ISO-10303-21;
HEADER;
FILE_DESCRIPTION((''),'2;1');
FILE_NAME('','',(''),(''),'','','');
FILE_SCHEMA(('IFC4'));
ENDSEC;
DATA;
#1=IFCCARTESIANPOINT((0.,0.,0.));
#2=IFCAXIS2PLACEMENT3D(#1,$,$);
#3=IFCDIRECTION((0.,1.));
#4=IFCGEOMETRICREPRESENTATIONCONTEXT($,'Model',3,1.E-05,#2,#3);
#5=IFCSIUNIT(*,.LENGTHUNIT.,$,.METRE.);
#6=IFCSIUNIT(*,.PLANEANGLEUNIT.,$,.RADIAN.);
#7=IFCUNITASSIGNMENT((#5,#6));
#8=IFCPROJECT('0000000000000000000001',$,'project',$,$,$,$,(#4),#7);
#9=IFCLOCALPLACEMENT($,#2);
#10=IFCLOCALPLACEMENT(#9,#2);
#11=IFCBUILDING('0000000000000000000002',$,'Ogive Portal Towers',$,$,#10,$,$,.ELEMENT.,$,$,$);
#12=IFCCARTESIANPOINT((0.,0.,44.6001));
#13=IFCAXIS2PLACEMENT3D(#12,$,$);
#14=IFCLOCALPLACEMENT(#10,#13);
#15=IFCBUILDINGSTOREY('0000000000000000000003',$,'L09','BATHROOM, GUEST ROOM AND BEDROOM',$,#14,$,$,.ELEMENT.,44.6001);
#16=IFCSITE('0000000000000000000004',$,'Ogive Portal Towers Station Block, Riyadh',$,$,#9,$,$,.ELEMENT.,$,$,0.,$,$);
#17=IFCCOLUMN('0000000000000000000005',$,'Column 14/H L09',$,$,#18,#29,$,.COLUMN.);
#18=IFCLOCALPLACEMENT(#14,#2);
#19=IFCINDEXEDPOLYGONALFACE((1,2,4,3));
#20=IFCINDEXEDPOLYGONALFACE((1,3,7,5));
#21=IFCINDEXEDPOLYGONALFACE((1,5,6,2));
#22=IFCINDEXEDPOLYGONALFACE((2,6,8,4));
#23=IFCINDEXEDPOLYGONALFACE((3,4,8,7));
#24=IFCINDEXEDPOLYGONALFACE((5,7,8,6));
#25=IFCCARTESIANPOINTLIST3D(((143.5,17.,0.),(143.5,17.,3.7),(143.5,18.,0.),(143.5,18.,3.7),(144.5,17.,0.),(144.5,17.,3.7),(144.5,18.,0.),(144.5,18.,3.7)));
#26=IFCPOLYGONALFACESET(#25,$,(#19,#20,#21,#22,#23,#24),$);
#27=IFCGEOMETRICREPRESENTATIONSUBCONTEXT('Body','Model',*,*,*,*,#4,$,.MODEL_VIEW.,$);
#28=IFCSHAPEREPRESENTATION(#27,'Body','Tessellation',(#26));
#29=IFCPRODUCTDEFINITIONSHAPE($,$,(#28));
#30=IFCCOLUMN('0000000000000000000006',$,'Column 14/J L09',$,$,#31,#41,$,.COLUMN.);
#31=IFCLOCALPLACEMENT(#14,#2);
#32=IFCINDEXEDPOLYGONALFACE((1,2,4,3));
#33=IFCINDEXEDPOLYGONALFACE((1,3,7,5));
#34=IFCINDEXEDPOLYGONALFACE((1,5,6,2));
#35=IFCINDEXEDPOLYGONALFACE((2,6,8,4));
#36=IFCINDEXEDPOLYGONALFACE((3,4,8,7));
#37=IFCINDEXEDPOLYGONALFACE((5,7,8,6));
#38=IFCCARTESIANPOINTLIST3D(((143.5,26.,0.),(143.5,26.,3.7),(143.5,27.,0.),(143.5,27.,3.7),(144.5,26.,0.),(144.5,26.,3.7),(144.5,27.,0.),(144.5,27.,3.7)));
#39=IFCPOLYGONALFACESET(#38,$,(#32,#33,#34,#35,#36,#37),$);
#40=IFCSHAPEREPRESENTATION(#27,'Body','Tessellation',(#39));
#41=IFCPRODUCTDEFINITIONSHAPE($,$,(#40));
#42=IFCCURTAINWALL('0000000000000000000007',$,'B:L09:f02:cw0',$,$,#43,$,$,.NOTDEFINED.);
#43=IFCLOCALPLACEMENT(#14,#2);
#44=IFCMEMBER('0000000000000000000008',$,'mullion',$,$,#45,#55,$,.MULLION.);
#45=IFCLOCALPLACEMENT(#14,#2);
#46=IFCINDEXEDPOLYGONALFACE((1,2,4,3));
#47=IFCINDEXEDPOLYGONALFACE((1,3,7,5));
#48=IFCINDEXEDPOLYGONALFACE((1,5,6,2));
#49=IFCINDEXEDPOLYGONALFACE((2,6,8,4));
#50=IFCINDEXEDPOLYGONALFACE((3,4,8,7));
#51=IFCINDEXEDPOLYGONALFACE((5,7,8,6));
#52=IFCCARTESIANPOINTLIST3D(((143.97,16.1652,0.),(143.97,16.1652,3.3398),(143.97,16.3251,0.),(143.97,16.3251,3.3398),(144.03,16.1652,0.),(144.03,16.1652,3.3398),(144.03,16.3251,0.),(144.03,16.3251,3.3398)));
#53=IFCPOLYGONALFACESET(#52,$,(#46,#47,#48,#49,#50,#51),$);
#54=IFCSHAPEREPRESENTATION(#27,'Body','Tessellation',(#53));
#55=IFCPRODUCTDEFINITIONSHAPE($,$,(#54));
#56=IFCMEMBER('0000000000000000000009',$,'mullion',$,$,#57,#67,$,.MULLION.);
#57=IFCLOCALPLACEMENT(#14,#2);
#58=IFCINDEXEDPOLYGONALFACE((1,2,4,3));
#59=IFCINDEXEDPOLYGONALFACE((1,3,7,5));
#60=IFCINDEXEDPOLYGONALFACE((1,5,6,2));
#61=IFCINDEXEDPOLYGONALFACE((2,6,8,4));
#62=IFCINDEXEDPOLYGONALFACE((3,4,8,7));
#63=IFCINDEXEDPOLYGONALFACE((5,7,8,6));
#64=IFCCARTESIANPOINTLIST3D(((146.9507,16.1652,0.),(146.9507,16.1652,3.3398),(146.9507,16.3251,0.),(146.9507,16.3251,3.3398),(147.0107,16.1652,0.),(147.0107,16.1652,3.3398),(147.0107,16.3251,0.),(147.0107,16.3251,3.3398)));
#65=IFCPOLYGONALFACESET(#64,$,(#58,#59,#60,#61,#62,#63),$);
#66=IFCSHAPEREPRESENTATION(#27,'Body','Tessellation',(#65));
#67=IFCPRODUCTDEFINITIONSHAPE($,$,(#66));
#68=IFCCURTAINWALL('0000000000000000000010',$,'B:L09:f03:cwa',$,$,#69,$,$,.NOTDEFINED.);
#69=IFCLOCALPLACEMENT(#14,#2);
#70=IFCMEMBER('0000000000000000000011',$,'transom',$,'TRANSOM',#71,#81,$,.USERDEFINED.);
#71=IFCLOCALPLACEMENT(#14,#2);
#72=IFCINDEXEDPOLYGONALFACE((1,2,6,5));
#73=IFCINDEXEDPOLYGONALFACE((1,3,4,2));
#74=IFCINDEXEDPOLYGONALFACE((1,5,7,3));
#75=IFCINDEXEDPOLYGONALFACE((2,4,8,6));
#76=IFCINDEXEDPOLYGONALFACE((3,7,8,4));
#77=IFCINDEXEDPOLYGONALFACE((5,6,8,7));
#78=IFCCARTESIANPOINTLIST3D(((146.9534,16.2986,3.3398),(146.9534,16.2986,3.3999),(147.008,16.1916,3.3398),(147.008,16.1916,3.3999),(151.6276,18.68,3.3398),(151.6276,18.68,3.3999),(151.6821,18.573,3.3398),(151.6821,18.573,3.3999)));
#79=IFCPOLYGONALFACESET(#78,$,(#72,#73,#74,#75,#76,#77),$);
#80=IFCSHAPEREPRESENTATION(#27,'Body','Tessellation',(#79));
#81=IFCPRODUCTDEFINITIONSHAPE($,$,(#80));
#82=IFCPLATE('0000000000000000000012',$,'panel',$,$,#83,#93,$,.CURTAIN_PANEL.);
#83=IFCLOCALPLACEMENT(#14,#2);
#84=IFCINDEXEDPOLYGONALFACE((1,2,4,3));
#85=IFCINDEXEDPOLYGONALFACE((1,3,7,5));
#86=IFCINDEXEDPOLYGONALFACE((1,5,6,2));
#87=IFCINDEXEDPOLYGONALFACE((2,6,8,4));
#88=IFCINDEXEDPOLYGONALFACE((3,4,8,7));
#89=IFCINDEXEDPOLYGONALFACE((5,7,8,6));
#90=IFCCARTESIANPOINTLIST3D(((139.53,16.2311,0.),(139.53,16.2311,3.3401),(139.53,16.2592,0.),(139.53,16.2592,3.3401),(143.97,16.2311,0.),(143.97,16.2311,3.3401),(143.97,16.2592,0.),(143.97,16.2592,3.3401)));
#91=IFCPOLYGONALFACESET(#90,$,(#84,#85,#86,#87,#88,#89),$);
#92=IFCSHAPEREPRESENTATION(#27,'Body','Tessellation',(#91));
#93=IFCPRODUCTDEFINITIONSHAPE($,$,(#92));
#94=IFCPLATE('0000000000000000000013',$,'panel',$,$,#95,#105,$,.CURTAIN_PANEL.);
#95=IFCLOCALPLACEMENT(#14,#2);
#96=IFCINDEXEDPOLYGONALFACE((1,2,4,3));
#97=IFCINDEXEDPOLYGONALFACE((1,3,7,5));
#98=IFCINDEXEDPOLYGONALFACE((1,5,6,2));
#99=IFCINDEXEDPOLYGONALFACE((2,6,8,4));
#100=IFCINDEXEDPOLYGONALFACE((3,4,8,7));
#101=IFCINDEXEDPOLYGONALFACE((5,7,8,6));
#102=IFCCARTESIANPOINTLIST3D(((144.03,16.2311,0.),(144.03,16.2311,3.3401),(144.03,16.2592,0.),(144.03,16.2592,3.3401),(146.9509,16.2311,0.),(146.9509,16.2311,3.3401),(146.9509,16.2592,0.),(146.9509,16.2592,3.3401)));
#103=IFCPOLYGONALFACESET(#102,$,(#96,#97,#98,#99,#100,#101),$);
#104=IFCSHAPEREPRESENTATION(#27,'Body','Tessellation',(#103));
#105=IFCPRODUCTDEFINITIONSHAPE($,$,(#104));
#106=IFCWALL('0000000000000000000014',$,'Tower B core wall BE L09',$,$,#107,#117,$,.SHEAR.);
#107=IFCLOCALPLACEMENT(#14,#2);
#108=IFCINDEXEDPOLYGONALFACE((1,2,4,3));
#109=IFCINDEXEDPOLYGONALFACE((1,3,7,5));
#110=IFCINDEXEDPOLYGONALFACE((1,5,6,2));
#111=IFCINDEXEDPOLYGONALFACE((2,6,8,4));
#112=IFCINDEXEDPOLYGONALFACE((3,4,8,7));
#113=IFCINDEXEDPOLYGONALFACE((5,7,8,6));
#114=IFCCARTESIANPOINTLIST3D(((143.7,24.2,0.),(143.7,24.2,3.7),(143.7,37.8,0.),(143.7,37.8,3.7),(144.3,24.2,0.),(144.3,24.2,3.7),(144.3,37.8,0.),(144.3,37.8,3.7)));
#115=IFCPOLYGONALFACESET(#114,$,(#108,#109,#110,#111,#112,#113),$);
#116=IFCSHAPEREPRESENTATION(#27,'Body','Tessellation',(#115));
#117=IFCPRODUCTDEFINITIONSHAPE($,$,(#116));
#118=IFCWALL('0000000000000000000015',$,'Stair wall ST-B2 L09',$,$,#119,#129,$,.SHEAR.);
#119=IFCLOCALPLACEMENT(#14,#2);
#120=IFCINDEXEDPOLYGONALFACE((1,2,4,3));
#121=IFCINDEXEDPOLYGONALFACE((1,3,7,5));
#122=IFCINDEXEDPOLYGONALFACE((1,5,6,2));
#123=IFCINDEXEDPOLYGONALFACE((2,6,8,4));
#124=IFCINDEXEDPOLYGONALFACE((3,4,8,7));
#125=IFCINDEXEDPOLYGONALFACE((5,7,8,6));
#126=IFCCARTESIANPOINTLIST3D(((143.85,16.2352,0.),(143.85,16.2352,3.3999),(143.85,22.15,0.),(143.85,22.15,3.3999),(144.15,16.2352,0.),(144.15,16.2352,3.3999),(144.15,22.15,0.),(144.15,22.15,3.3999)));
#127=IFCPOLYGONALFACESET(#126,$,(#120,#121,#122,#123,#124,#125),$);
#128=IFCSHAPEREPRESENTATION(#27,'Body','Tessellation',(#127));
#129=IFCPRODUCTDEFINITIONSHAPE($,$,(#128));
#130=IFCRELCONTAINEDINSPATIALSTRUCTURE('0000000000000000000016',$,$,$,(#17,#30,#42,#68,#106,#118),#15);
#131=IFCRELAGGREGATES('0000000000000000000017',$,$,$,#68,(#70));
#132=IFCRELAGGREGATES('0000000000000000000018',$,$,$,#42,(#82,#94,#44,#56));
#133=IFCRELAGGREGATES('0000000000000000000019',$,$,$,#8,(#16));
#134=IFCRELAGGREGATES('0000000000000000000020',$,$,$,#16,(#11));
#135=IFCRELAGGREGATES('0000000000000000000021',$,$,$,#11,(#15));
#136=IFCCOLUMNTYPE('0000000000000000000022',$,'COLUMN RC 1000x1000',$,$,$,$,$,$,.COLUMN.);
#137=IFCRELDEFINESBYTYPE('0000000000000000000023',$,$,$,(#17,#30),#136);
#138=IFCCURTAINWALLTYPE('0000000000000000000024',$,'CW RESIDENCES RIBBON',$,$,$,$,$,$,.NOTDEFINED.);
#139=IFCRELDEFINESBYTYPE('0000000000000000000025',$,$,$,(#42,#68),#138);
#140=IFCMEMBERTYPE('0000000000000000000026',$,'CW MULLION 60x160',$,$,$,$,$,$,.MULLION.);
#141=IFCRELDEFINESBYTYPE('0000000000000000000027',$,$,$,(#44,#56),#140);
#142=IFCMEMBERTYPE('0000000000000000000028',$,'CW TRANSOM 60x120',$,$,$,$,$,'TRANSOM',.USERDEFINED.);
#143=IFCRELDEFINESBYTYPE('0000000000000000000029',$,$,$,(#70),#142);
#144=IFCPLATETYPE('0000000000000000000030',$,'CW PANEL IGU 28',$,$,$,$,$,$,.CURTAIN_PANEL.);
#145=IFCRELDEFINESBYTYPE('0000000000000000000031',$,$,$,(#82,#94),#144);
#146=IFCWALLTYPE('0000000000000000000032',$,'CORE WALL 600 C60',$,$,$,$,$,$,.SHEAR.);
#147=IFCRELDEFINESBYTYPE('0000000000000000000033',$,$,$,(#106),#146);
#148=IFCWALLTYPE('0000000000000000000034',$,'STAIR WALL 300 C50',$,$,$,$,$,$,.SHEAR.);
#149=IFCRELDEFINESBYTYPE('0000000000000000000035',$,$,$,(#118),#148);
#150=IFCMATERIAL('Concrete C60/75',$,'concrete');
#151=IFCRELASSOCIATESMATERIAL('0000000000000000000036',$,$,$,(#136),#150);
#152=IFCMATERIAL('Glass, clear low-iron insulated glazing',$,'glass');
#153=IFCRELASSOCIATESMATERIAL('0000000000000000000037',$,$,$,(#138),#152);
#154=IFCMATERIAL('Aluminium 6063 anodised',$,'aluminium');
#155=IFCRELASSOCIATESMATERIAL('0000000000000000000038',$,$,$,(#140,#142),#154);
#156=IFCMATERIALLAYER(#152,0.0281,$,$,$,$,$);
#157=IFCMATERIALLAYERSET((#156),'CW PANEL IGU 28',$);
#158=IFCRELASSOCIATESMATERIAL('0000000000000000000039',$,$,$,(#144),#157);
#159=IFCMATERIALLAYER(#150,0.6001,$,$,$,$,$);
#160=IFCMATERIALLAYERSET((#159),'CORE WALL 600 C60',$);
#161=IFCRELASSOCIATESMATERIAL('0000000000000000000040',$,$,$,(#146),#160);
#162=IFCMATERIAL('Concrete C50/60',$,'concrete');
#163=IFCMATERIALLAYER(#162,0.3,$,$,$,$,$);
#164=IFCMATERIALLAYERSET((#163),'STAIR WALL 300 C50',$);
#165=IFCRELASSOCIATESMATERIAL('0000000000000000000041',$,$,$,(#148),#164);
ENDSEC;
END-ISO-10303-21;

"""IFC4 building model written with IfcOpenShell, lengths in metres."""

from ifc_helpers import new_model, si_unit, direction, frame, frame_2d, origin, origin_2d, place, context, subcontext, project, spatial, rectangle, extrude, material, layer, layer_set, material_profile, profile_set, type_object, element, aggregate, save


model = new_model("IFC4")

# Units and contexts
model_context = context("Model", 3, precision=1e-05, world=origin(), true_north=direction((0.0, 1.0)))
body_context = subcontext(model_context, "Body", "Model", "MODEL_VIEW")
ifc_project = project(units=[si_unit("LENGTHUNIT", "METRE"), si_unit("PLANEANGLEUNIT", "RADIAN")], contexts=[model_context])

# Site, building, storey
site_placement = place(None, origin())
site = spatial("IfcSite", under=ifc_project, at=site_placement, Name="Ogive Portal Towers Station Block, Riyadh", CompositionType="ELEMENT", RefElevation=0.0)
building_placement = place(site_placement, origin())
building = spatial("IfcBuilding", under=site, at=building_placement, Name="Ogive Portal Towers", CompositionType="ELEMENT")
storey_placement = place(building_placement, frame((0.0, 0.0, 44.6001)))
storey = spatial("IfcBuildingStorey", under=building, at=storey_placement, Name="L09", Description="BATHROOM, GUEST ROOM AND BEDROOM", CompositionType="ELEMENT", Elevation=44.6001)

# Columns
ifc_material_1 = material(Name="Concrete C60/75", Category="concrete")
ifc_material_profile_1 = material_profile(ifc_material_1, rectangle(XDim=1.0, YDim=1.0, at=origin_2d()), Name="RC 1000x1000")
ifc_profile_set_1 = profile_set([ifc_material_profile_1], Name="Concrete C60/75")
column_type = type_object("IfcColumnType", Name="COLUMN RC 1000x1000", PredefinedType="COLUMN", material=ifc_profile_set_1)
for number, where, z_axis, x_axis, name in (
    (1, (144.0, 17.5, 0.0), (0.0, 0.0, 1.0), (1.0, 0.0, 0.0), "Column 14/H L09"),
    (2, (144.0, 26.5, 0.0), (0.0, 0.0, 1.0), (1.0, 0.0, 0.0), "Column 14/J L09"),
):
    element("IfcColumn", number, at=place(storey_placement, frame(where, z_axis=z_axis, x_axis=x_axis)), inside=storey, type_object=column_type, Name=name, PredefinedType="COLUMN", context=body_context, shape_type="SweptSolid", body=[
        extrude(rectangle(XDim=1.0, YDim=1.0, at=origin_2d()), origin(), (0.0, 0.0, 1.0), 3.7),
    ])

# Curtain wall, members
ifc_material_2 = material(Name="Glass, clear low-iron insulated glazing", Category="glass")
curtain_wall_type = type_object("IfcCurtainWallType", Name="CW RESIDENCES RIBBON", PredefinedType="NOTDEFINED", material=ifc_material_2)
curtain_wall_1_placement = place(storey_placement, origin())
curtain_wall_1 = element("IfcCurtainWall", 3, at=curtain_wall_1_placement, inside=storey, type_object=curtain_wall_type, Name="B:L09:f02:cw0", PredefinedType="NOTDEFINED")
ifc_material_3 = material(Name="Aluminium 6063 anodised", Category="aluminium")
ifc_material_profile_2 = material_profile(ifc_material_3, rectangle(XDim=0.1599, YDim=0.0601, at=origin_2d()), Name="AL 60x160")
ifc_profile_set_2 = profile_set([ifc_material_profile_2], Name="Aluminium 6063 anodised")
member_type_1 = type_object("IfcMemberType", Name="CW MULLION 60x160", PredefinedType="MULLION", material=ifc_profile_set_2)
member_1_placement = place(storey_placement, frame((144.0, 16.2451, 0.0), z_axis=(0.0, 0.0, 1.0), x_axis=(0.0, 1.0, 0.0)))
member_1 = element("IfcMember", 4, at=member_1_placement, type_object=member_type_1, Name="mullion", PredefinedType="MULLION", context=body_context, shape_type="SweptSolid", body=[
    extrude(rectangle(XDim=0.1599, YDim=0.0601, at=origin_2d()), origin(), (0.0, 0.0, 1.0), 3.3398),
])
member_2_placement = place(storey_placement, frame((146.9807, 16.2451, 0.0), z_axis=(0.0, 0.0, 1.0), x_axis=(0.0, 1.0, 0.0)))
member_2 = element("IfcMember", 5, at=member_2_placement, type_object=member_type_1, Name="mullion", PredefinedType="MULLION", context=body_context, shape_type="SweptSolid", body=[
    extrude(rectangle(XDim=0.1599, YDim=0.0601, at=origin_2d()), origin(), (0.0, 0.0, 1.0), 3.3398),
])

# Curtain wall, member
curtain_wall_2_placement = place(storey_placement, origin())
curtain_wall_2 = element("IfcCurtainWall", 6, at=curtain_wall_2_placement, inside=storey, type_object=curtain_wall_type, Name="B:L09:f03:cwa", PredefinedType="NOTDEFINED")
ifc_material_profile_3 = material_profile(ifc_material_3, rectangle(XDim=0.1201, YDim=0.0601, at=origin_2d()), Name="AL 120x60")
ifc_profile_set_3 = profile_set([ifc_material_profile_3], Name="Aluminium 6063 anodised")
member_type_2 = type_object("IfcMemberType", Name="CW TRANSOM 60x120", ElementType="TRANSOM", PredefinedType="USERDEFINED", material=ifc_profile_set_3)
member_3_placement = place(storey_placement, frame((146.9807, 16.2451, 3.3699), z_axis=(0.891023, 0.453959, 0.0), x_axis=(-0.453959, 0.891023, 0.0)))
member_3 = element("IfcMember", 7, at=member_3_placement, type_object=member_type_2, Name="transom", ObjectType="TRANSOM", PredefinedType="USERDEFINED", context=body_context, shape_type="SweptSolid", body=[
    extrude(rectangle(XDim=0.1201, YDim=0.0601, at=origin_2d()), origin(), (0.0, 0.0, 1.0), 5.2458),
])
aggregate(curtain_wall_2, [member_3])

# Plates
ifc_layer_1 = layer(ifc_material_2, 0.0281)
ifc_layer_set_1 = layer_set([ifc_layer_1], Name="CW PANEL IGU 28")
plate_type = type_object("IfcPlateType", Name="CW PANEL IGU 28", PredefinedType="CURTAIN_PANEL", material=ifc_layer_set_1)
plate_1_placement = place(storey_placement, frame((141.75, 16.2451, 0.0), z_axis=(0.0, 0.0, 1.0), x_axis=(1.0, 0.0, 0.0)))
plate_1 = element("IfcPlate", 8, at=plate_1_placement, type_object=plate_type, Name="panel", PredefinedType="CURTAIN_PANEL", context=body_context, shape_type="SweptSolid", body=[
    extrude(rectangle(XDim=4.4399, YDim=0.0281, at=origin_2d()), origin(), (0.0, 0.0, 1.0), 3.3401),
])
plate_2_placement = place(storey_placement, frame((145.4905, 16.2451, 0.0), z_axis=(0.0, 0.0, 1.0), x_axis=(1.0, 0.0, 0.0)))
plate_2 = element("IfcPlate", 9, at=plate_2_placement, type_object=plate_type, Name="panel", PredefinedType="CURTAIN_PANEL", context=body_context, shape_type="SweptSolid", body=[
    extrude(rectangle(XDim=2.9209, YDim=0.0281, at=origin_2d()), origin(), (0.0, 0.0, 1.0), 3.3401),
])
aggregate(curtain_wall_1, [plate_1, plate_2, member_1, member_2])

# Walls
ifc_layer_2 = layer(ifc_material_1, 0.6001)
ifc_layer_set_2 = layer_set([ifc_layer_2], Name="CORE WALL 600 C60")
wall_type_1 = type_object("IfcWallType", Name="CORE WALL 600 C60", PredefinedType="SHEAR", material=ifc_layer_set_2)
wall_1_placement = place(storey_placement, frame((144.0, 24.2, 0.0), z_axis=(0.0, 0.0, 1.0), x_axis=(0.0, 1.0, 0.0)))
element("IfcWall", 10, at=wall_1_placement, inside=storey, type_object=wall_type_1, Name="Tower B core wall BE L09", PredefinedType="SHEAR", context=body_context, shape_type="SweptSolid", body=[
    extrude(rectangle(XDim=13.6001, YDim=0.6001, at=frame_2d((6.8, 0.0))), origin(), (0.0, 0.0, 1.0), 3.7),
])
ifc_material_4 = material(Name="Concrete C50/60", Category="concrete")
ifc_layer_3 = layer(ifc_material_4, 0.3)
ifc_layer_set_3 = layer_set([ifc_layer_3], Name="STAIR WALL 300 C50")
wall_type_2 = type_object("IfcWallType", Name="STAIR WALL 300 C50", PredefinedType="SHEAR", material=ifc_layer_set_3)
wall_2_placement = place(storey_placement, frame((144.0, 16.2351, 0.0), z_axis=(0.0, 0.0, 1.0), x_axis=(0.0, 1.0, 0.0)))
element("IfcWall", 11, at=wall_2_placement, inside=storey, type_object=wall_type_2, Name="Stair wall ST-B2 L09", PredefinedType="SHEAR", context=body_context, shape_type="SweptSolid", body=[
    extrude(rectangle(XDim=5.9148, YDim=0.3, at=frame_2d((2.9575, 0.0))), origin(), (0.0, 0.0, 1.0), 3.3999),
])

save(model, "model.ifc")
